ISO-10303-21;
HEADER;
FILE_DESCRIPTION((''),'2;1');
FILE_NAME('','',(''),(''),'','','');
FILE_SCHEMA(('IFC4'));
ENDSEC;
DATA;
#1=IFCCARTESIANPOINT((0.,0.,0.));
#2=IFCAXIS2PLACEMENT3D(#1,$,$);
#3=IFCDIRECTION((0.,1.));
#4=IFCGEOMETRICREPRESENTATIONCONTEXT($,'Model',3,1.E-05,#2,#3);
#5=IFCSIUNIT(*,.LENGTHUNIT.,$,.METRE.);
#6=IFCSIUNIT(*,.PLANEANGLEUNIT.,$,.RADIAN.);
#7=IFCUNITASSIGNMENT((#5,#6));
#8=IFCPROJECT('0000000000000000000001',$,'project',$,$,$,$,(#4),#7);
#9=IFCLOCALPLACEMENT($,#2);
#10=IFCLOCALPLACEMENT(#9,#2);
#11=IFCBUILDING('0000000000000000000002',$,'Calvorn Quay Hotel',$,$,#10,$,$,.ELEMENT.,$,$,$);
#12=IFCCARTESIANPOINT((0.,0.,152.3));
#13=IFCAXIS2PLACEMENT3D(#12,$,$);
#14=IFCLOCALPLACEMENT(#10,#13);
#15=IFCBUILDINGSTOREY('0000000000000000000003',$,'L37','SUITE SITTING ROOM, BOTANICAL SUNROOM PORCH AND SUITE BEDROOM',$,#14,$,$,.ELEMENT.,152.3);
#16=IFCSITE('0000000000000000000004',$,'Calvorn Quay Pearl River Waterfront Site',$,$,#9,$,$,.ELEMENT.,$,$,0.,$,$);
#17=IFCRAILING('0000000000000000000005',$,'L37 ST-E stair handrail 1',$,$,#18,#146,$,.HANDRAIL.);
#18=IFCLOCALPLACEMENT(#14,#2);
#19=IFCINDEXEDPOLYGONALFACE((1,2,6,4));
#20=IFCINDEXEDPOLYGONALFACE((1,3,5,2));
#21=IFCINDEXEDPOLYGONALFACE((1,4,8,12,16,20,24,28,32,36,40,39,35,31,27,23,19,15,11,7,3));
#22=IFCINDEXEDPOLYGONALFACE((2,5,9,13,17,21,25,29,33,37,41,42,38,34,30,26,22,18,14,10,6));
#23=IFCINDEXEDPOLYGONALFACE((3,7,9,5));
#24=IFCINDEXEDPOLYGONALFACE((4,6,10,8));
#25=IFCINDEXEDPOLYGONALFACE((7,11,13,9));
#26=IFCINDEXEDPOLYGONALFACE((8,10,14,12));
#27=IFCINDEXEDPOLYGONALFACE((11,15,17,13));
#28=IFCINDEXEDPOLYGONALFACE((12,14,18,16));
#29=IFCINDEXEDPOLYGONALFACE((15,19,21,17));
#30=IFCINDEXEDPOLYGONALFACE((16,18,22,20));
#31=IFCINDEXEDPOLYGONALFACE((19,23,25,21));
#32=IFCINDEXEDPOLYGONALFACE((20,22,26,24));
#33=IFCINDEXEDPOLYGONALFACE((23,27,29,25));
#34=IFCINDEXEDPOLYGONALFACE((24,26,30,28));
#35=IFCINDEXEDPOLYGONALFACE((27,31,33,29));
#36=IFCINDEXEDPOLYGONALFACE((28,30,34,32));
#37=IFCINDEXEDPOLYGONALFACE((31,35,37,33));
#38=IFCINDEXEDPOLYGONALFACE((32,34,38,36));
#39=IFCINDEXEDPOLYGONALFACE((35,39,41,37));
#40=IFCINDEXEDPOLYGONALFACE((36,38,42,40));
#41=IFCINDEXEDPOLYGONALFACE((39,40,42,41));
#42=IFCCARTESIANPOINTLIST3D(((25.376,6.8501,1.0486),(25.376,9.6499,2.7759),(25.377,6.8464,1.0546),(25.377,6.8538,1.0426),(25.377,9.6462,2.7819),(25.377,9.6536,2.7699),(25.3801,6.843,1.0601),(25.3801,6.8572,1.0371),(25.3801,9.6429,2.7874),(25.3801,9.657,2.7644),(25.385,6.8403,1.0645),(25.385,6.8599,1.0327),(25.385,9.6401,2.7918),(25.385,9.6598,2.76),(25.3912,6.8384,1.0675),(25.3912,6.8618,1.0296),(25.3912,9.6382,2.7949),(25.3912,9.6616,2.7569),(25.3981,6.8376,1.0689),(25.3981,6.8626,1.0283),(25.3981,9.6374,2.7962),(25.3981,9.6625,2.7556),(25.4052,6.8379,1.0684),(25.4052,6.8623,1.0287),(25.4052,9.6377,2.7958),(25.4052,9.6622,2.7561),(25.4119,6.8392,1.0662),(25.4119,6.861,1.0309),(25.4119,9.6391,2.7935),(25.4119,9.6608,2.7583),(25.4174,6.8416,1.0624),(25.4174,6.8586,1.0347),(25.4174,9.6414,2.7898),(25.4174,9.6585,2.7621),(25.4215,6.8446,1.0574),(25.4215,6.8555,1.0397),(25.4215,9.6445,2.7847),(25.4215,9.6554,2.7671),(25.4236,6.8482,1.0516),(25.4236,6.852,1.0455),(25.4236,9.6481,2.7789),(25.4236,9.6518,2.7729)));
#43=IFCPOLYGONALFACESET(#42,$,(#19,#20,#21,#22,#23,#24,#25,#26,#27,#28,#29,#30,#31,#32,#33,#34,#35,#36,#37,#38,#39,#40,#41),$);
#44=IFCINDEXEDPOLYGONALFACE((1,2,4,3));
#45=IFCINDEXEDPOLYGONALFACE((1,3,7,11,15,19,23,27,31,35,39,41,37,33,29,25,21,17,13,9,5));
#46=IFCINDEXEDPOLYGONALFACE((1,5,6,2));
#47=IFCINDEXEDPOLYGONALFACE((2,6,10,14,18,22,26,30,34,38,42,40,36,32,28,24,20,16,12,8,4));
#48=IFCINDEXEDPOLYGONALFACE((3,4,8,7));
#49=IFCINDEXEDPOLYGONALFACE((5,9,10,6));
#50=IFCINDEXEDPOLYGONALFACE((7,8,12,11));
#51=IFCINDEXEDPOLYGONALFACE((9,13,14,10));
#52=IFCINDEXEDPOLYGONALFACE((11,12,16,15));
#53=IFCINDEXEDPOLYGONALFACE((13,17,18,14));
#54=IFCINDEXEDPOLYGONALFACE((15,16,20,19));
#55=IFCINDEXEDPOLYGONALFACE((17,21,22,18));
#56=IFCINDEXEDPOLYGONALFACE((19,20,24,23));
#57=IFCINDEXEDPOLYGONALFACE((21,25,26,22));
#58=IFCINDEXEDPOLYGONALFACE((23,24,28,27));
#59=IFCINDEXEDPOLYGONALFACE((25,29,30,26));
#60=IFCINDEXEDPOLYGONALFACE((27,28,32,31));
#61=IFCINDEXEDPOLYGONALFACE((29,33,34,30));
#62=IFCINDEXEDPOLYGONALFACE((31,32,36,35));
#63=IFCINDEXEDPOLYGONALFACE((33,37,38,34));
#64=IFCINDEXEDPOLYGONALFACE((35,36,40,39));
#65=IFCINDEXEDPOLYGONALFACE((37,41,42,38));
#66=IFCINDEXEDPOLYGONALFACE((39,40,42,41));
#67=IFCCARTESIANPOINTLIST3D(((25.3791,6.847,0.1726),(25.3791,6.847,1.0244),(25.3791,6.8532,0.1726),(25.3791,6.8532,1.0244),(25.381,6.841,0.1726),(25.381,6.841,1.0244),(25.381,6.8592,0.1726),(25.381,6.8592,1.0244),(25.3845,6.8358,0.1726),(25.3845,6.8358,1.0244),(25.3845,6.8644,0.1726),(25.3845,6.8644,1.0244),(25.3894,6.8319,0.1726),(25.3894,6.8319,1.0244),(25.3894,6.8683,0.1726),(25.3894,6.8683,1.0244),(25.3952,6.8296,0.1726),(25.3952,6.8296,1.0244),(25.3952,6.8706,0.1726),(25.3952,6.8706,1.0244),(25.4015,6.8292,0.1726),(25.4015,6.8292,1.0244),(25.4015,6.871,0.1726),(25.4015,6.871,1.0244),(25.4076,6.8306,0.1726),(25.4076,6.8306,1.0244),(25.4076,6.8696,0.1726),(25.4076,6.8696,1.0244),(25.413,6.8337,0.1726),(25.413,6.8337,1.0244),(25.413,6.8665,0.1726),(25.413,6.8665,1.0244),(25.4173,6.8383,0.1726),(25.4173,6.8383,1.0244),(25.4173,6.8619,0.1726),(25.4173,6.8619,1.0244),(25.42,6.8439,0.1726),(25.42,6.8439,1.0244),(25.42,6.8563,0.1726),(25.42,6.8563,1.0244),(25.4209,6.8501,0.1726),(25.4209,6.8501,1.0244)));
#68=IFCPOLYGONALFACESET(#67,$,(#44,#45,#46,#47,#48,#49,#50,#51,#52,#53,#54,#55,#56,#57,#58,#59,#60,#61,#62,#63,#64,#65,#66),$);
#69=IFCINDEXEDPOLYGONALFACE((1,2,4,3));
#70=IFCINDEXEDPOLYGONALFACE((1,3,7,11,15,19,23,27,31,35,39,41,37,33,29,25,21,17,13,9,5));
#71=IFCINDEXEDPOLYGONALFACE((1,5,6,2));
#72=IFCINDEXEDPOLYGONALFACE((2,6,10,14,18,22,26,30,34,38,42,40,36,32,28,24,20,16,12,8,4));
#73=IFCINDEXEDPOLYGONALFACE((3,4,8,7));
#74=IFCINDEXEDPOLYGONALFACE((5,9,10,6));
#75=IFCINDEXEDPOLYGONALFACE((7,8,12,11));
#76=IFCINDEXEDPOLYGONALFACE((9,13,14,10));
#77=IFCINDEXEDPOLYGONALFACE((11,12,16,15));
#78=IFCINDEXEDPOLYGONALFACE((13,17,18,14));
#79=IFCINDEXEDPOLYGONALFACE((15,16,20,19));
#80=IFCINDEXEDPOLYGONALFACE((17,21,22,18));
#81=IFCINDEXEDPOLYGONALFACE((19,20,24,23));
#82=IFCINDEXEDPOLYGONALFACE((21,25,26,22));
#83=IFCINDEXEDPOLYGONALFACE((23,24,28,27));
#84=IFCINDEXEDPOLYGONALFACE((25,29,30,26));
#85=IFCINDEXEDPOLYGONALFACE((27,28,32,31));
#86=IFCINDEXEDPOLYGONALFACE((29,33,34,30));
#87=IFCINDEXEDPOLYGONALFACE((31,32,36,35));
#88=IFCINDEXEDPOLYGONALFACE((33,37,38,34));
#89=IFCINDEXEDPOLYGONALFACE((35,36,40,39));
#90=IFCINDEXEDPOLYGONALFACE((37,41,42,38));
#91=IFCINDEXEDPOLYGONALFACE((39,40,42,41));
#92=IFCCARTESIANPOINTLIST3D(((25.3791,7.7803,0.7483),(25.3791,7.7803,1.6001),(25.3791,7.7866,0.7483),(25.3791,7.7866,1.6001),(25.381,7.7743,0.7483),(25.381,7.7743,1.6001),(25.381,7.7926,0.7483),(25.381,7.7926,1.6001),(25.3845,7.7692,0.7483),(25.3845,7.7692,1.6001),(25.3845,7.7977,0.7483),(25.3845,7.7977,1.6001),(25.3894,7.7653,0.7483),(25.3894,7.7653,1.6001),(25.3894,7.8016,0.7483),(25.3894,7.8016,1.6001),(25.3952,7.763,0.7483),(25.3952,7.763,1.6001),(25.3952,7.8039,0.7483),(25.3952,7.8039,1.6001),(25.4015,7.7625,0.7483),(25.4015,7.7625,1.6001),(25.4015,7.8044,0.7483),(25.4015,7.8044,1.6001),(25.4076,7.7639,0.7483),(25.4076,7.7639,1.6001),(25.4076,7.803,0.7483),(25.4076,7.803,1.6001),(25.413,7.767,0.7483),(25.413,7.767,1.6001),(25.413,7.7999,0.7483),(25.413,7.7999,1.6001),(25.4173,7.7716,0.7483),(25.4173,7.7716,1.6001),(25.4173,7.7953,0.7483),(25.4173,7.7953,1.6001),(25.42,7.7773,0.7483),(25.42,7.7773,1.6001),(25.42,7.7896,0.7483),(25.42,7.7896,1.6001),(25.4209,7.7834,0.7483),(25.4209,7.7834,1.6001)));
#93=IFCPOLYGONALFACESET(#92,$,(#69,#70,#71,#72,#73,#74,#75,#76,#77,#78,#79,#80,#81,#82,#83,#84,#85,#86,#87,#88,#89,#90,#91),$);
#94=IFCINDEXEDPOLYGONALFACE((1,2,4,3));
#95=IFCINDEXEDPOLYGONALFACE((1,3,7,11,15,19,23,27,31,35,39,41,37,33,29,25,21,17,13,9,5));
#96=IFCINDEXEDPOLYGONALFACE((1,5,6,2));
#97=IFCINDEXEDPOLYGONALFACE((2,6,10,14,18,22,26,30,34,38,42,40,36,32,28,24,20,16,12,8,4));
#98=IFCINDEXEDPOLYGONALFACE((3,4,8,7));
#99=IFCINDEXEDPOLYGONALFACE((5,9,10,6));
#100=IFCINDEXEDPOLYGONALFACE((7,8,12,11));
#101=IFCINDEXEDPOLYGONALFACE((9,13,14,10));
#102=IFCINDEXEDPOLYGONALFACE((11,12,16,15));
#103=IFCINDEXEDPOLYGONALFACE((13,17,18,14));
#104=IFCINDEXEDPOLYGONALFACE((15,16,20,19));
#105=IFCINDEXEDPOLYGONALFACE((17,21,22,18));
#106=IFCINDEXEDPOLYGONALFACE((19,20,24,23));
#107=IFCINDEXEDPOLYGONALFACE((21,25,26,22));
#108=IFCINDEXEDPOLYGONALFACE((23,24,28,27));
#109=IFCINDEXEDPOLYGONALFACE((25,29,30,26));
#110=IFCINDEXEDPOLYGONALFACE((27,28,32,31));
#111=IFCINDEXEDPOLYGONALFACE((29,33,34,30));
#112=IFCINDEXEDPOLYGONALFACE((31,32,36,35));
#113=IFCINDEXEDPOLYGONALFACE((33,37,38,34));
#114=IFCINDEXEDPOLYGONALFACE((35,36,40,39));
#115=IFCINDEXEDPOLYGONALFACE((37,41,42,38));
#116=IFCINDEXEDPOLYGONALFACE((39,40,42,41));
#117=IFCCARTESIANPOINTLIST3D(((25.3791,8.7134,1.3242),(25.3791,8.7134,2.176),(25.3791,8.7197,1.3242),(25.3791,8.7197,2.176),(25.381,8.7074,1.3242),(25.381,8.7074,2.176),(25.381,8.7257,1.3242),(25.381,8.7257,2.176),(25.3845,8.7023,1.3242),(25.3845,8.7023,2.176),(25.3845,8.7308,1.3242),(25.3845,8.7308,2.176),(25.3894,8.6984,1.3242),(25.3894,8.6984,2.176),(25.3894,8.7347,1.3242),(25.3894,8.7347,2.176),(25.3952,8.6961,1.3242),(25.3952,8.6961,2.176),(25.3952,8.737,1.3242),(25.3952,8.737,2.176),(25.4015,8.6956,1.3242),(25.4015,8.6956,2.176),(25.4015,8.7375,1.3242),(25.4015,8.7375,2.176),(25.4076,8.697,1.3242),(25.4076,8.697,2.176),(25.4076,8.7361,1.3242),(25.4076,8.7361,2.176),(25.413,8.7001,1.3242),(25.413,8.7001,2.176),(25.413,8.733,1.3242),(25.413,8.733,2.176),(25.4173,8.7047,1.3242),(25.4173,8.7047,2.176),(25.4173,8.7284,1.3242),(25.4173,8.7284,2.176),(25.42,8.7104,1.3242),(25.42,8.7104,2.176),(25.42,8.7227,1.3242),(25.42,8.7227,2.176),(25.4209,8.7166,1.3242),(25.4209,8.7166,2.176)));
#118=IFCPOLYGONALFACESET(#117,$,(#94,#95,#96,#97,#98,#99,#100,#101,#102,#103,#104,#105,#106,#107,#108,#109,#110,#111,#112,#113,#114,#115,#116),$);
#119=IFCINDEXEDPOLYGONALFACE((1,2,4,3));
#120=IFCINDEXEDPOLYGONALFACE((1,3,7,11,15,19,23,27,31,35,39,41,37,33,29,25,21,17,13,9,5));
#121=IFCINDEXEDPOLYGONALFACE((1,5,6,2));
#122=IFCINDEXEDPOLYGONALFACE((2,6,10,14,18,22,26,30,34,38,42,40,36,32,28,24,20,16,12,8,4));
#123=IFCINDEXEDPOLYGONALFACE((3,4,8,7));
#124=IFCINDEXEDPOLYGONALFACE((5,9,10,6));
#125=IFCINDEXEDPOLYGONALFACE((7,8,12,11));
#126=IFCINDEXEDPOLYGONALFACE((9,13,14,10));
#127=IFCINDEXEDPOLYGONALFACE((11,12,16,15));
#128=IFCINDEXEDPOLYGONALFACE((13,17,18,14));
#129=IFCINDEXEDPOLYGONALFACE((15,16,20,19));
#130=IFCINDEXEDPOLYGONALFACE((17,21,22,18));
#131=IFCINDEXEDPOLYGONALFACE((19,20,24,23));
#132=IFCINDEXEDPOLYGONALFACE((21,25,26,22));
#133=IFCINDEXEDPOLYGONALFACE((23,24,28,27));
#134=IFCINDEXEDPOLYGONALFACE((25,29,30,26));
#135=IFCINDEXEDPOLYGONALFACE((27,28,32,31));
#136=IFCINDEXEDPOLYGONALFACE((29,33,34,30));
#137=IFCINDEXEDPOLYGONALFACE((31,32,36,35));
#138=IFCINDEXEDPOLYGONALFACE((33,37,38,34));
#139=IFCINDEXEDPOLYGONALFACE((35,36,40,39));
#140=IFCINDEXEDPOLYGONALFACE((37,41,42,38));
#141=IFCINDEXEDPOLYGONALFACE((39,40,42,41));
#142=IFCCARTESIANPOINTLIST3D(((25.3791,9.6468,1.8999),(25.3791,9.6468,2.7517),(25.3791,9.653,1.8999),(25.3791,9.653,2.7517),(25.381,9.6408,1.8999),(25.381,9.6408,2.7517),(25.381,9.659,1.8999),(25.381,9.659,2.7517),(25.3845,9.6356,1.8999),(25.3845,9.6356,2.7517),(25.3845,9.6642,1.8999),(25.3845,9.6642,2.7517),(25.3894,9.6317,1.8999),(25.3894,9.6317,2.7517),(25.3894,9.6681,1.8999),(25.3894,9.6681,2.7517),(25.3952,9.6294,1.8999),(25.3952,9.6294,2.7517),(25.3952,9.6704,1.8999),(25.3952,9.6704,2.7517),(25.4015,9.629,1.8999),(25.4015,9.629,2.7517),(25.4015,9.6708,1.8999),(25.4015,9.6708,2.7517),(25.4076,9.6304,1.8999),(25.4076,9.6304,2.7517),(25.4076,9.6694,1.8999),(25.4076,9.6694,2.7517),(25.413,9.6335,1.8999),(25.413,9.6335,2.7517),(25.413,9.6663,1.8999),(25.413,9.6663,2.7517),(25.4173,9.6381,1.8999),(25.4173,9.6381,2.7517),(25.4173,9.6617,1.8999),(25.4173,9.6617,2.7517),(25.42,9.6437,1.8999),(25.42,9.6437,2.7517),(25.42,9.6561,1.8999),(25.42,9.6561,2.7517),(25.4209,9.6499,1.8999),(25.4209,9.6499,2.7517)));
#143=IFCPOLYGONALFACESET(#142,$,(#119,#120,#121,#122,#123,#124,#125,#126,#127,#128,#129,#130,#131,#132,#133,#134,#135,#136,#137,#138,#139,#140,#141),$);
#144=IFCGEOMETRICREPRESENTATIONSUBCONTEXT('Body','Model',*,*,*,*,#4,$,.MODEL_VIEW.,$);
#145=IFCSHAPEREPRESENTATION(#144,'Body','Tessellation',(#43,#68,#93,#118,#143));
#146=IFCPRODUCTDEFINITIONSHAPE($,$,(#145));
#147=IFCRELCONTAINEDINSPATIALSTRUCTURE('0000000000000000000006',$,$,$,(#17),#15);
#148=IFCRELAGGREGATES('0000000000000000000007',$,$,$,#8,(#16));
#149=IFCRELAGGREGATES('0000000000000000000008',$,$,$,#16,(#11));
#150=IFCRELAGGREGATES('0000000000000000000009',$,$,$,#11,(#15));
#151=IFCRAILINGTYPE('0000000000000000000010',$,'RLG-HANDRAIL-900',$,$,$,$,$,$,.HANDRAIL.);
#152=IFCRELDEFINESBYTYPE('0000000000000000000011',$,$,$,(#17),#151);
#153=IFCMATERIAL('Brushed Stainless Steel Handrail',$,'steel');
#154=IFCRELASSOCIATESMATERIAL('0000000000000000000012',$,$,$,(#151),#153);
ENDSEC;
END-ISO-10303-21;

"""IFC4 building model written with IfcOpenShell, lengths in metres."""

from ifc_helpers import new_model, si_unit, direction, frame, origin, origin_2d, place, context, subcontext, project, spatial, circle, extrude, material, type_object, element, save


model = new_model("IFC4")

# Units and contexts
model_context = context("Model", 3, precision=1e-05, world=origin(), true_north=direction((0.0, 1.0)))
body_context = subcontext(model_context, "Body", "Model", "MODEL_VIEW")
ifc_project = project(units=[si_unit("LENGTHUNIT", "METRE"), si_unit("PLANEANGLEUNIT", "RADIAN")], contexts=[model_context])

# Site, building, storey
site_placement = place(None, origin())
site = spatial("IfcSite", under=ifc_project, at=site_placement, Name="Calvorn Quay Pearl River Waterfront Site", CompositionType="ELEMENT", RefElevation=0.0)
building_placement = place(site_placement, origin())
building = spatial("IfcBuilding", under=site, at=building_placement, Name="Calvorn Quay Hotel", CompositionType="ELEMENT")
storey_placement = place(building_placement, frame((0.0, 0.0, 152.3)))
storey = spatial("IfcBuildingStorey", under=building, at=storey_placement, Name="L37", Description="SUITE SITTING ROOM, BOTANICAL SUNROOM PORCH AND SUITE BEDROOM", CompositionType="ELEMENT", Elevation=152.3)

# Railing
ifc_material_1 = material(Name="Brushed Stainless Steel Handrail", Category="steel")
railing_type_1 = type_object("IfcRailingType", Name="RLG-HANDRAIL-900", PredefinedType="HANDRAIL", material=ifc_material_1)
railing_1_placement = place(storey_placement, frame((25.3999, 6.8501, 0.1726)))
element("IfcRailing", 1, at=railing_1_placement, inside=storey, type_object=railing_type_1, Name="L37 ST-E stair handrail 1", PredefinedType="HANDRAIL", context=body_context, shape_type="SweptSolid", body=[
    extrude(circle(Radius=0.0239, at=origin_2d()), frame((0.0, 0.0, 0.876), z_axis=(0.0, 0.851069, 0.525054), x_axis=(-1.0, 0.0, 0.0)), (0.0, 0.0, 1.0), 3.2898),
    extrude(circle(Radius=0.021, at=origin_2d()), origin(), (0.0, 0.0, 1.0), 0.8518),
    extrude(circle(Radius=0.021, at=origin_2d()), frame((0.0, 0.9333, 0.5757)), (0.0, 0.0, 1.0), 0.8518),
    extrude(circle(Radius=0.021, at=origin_2d()), frame((0.0, 1.8665, 1.1516)), (0.0, 0.0, 1.0), 0.8518),
    extrude(circle(Radius=0.021, at=origin_2d()), frame((0.0, 2.7998, 1.7273)), (0.0, 0.0, 1.0), 0.8518),
])

save(model, "model.ifc")
